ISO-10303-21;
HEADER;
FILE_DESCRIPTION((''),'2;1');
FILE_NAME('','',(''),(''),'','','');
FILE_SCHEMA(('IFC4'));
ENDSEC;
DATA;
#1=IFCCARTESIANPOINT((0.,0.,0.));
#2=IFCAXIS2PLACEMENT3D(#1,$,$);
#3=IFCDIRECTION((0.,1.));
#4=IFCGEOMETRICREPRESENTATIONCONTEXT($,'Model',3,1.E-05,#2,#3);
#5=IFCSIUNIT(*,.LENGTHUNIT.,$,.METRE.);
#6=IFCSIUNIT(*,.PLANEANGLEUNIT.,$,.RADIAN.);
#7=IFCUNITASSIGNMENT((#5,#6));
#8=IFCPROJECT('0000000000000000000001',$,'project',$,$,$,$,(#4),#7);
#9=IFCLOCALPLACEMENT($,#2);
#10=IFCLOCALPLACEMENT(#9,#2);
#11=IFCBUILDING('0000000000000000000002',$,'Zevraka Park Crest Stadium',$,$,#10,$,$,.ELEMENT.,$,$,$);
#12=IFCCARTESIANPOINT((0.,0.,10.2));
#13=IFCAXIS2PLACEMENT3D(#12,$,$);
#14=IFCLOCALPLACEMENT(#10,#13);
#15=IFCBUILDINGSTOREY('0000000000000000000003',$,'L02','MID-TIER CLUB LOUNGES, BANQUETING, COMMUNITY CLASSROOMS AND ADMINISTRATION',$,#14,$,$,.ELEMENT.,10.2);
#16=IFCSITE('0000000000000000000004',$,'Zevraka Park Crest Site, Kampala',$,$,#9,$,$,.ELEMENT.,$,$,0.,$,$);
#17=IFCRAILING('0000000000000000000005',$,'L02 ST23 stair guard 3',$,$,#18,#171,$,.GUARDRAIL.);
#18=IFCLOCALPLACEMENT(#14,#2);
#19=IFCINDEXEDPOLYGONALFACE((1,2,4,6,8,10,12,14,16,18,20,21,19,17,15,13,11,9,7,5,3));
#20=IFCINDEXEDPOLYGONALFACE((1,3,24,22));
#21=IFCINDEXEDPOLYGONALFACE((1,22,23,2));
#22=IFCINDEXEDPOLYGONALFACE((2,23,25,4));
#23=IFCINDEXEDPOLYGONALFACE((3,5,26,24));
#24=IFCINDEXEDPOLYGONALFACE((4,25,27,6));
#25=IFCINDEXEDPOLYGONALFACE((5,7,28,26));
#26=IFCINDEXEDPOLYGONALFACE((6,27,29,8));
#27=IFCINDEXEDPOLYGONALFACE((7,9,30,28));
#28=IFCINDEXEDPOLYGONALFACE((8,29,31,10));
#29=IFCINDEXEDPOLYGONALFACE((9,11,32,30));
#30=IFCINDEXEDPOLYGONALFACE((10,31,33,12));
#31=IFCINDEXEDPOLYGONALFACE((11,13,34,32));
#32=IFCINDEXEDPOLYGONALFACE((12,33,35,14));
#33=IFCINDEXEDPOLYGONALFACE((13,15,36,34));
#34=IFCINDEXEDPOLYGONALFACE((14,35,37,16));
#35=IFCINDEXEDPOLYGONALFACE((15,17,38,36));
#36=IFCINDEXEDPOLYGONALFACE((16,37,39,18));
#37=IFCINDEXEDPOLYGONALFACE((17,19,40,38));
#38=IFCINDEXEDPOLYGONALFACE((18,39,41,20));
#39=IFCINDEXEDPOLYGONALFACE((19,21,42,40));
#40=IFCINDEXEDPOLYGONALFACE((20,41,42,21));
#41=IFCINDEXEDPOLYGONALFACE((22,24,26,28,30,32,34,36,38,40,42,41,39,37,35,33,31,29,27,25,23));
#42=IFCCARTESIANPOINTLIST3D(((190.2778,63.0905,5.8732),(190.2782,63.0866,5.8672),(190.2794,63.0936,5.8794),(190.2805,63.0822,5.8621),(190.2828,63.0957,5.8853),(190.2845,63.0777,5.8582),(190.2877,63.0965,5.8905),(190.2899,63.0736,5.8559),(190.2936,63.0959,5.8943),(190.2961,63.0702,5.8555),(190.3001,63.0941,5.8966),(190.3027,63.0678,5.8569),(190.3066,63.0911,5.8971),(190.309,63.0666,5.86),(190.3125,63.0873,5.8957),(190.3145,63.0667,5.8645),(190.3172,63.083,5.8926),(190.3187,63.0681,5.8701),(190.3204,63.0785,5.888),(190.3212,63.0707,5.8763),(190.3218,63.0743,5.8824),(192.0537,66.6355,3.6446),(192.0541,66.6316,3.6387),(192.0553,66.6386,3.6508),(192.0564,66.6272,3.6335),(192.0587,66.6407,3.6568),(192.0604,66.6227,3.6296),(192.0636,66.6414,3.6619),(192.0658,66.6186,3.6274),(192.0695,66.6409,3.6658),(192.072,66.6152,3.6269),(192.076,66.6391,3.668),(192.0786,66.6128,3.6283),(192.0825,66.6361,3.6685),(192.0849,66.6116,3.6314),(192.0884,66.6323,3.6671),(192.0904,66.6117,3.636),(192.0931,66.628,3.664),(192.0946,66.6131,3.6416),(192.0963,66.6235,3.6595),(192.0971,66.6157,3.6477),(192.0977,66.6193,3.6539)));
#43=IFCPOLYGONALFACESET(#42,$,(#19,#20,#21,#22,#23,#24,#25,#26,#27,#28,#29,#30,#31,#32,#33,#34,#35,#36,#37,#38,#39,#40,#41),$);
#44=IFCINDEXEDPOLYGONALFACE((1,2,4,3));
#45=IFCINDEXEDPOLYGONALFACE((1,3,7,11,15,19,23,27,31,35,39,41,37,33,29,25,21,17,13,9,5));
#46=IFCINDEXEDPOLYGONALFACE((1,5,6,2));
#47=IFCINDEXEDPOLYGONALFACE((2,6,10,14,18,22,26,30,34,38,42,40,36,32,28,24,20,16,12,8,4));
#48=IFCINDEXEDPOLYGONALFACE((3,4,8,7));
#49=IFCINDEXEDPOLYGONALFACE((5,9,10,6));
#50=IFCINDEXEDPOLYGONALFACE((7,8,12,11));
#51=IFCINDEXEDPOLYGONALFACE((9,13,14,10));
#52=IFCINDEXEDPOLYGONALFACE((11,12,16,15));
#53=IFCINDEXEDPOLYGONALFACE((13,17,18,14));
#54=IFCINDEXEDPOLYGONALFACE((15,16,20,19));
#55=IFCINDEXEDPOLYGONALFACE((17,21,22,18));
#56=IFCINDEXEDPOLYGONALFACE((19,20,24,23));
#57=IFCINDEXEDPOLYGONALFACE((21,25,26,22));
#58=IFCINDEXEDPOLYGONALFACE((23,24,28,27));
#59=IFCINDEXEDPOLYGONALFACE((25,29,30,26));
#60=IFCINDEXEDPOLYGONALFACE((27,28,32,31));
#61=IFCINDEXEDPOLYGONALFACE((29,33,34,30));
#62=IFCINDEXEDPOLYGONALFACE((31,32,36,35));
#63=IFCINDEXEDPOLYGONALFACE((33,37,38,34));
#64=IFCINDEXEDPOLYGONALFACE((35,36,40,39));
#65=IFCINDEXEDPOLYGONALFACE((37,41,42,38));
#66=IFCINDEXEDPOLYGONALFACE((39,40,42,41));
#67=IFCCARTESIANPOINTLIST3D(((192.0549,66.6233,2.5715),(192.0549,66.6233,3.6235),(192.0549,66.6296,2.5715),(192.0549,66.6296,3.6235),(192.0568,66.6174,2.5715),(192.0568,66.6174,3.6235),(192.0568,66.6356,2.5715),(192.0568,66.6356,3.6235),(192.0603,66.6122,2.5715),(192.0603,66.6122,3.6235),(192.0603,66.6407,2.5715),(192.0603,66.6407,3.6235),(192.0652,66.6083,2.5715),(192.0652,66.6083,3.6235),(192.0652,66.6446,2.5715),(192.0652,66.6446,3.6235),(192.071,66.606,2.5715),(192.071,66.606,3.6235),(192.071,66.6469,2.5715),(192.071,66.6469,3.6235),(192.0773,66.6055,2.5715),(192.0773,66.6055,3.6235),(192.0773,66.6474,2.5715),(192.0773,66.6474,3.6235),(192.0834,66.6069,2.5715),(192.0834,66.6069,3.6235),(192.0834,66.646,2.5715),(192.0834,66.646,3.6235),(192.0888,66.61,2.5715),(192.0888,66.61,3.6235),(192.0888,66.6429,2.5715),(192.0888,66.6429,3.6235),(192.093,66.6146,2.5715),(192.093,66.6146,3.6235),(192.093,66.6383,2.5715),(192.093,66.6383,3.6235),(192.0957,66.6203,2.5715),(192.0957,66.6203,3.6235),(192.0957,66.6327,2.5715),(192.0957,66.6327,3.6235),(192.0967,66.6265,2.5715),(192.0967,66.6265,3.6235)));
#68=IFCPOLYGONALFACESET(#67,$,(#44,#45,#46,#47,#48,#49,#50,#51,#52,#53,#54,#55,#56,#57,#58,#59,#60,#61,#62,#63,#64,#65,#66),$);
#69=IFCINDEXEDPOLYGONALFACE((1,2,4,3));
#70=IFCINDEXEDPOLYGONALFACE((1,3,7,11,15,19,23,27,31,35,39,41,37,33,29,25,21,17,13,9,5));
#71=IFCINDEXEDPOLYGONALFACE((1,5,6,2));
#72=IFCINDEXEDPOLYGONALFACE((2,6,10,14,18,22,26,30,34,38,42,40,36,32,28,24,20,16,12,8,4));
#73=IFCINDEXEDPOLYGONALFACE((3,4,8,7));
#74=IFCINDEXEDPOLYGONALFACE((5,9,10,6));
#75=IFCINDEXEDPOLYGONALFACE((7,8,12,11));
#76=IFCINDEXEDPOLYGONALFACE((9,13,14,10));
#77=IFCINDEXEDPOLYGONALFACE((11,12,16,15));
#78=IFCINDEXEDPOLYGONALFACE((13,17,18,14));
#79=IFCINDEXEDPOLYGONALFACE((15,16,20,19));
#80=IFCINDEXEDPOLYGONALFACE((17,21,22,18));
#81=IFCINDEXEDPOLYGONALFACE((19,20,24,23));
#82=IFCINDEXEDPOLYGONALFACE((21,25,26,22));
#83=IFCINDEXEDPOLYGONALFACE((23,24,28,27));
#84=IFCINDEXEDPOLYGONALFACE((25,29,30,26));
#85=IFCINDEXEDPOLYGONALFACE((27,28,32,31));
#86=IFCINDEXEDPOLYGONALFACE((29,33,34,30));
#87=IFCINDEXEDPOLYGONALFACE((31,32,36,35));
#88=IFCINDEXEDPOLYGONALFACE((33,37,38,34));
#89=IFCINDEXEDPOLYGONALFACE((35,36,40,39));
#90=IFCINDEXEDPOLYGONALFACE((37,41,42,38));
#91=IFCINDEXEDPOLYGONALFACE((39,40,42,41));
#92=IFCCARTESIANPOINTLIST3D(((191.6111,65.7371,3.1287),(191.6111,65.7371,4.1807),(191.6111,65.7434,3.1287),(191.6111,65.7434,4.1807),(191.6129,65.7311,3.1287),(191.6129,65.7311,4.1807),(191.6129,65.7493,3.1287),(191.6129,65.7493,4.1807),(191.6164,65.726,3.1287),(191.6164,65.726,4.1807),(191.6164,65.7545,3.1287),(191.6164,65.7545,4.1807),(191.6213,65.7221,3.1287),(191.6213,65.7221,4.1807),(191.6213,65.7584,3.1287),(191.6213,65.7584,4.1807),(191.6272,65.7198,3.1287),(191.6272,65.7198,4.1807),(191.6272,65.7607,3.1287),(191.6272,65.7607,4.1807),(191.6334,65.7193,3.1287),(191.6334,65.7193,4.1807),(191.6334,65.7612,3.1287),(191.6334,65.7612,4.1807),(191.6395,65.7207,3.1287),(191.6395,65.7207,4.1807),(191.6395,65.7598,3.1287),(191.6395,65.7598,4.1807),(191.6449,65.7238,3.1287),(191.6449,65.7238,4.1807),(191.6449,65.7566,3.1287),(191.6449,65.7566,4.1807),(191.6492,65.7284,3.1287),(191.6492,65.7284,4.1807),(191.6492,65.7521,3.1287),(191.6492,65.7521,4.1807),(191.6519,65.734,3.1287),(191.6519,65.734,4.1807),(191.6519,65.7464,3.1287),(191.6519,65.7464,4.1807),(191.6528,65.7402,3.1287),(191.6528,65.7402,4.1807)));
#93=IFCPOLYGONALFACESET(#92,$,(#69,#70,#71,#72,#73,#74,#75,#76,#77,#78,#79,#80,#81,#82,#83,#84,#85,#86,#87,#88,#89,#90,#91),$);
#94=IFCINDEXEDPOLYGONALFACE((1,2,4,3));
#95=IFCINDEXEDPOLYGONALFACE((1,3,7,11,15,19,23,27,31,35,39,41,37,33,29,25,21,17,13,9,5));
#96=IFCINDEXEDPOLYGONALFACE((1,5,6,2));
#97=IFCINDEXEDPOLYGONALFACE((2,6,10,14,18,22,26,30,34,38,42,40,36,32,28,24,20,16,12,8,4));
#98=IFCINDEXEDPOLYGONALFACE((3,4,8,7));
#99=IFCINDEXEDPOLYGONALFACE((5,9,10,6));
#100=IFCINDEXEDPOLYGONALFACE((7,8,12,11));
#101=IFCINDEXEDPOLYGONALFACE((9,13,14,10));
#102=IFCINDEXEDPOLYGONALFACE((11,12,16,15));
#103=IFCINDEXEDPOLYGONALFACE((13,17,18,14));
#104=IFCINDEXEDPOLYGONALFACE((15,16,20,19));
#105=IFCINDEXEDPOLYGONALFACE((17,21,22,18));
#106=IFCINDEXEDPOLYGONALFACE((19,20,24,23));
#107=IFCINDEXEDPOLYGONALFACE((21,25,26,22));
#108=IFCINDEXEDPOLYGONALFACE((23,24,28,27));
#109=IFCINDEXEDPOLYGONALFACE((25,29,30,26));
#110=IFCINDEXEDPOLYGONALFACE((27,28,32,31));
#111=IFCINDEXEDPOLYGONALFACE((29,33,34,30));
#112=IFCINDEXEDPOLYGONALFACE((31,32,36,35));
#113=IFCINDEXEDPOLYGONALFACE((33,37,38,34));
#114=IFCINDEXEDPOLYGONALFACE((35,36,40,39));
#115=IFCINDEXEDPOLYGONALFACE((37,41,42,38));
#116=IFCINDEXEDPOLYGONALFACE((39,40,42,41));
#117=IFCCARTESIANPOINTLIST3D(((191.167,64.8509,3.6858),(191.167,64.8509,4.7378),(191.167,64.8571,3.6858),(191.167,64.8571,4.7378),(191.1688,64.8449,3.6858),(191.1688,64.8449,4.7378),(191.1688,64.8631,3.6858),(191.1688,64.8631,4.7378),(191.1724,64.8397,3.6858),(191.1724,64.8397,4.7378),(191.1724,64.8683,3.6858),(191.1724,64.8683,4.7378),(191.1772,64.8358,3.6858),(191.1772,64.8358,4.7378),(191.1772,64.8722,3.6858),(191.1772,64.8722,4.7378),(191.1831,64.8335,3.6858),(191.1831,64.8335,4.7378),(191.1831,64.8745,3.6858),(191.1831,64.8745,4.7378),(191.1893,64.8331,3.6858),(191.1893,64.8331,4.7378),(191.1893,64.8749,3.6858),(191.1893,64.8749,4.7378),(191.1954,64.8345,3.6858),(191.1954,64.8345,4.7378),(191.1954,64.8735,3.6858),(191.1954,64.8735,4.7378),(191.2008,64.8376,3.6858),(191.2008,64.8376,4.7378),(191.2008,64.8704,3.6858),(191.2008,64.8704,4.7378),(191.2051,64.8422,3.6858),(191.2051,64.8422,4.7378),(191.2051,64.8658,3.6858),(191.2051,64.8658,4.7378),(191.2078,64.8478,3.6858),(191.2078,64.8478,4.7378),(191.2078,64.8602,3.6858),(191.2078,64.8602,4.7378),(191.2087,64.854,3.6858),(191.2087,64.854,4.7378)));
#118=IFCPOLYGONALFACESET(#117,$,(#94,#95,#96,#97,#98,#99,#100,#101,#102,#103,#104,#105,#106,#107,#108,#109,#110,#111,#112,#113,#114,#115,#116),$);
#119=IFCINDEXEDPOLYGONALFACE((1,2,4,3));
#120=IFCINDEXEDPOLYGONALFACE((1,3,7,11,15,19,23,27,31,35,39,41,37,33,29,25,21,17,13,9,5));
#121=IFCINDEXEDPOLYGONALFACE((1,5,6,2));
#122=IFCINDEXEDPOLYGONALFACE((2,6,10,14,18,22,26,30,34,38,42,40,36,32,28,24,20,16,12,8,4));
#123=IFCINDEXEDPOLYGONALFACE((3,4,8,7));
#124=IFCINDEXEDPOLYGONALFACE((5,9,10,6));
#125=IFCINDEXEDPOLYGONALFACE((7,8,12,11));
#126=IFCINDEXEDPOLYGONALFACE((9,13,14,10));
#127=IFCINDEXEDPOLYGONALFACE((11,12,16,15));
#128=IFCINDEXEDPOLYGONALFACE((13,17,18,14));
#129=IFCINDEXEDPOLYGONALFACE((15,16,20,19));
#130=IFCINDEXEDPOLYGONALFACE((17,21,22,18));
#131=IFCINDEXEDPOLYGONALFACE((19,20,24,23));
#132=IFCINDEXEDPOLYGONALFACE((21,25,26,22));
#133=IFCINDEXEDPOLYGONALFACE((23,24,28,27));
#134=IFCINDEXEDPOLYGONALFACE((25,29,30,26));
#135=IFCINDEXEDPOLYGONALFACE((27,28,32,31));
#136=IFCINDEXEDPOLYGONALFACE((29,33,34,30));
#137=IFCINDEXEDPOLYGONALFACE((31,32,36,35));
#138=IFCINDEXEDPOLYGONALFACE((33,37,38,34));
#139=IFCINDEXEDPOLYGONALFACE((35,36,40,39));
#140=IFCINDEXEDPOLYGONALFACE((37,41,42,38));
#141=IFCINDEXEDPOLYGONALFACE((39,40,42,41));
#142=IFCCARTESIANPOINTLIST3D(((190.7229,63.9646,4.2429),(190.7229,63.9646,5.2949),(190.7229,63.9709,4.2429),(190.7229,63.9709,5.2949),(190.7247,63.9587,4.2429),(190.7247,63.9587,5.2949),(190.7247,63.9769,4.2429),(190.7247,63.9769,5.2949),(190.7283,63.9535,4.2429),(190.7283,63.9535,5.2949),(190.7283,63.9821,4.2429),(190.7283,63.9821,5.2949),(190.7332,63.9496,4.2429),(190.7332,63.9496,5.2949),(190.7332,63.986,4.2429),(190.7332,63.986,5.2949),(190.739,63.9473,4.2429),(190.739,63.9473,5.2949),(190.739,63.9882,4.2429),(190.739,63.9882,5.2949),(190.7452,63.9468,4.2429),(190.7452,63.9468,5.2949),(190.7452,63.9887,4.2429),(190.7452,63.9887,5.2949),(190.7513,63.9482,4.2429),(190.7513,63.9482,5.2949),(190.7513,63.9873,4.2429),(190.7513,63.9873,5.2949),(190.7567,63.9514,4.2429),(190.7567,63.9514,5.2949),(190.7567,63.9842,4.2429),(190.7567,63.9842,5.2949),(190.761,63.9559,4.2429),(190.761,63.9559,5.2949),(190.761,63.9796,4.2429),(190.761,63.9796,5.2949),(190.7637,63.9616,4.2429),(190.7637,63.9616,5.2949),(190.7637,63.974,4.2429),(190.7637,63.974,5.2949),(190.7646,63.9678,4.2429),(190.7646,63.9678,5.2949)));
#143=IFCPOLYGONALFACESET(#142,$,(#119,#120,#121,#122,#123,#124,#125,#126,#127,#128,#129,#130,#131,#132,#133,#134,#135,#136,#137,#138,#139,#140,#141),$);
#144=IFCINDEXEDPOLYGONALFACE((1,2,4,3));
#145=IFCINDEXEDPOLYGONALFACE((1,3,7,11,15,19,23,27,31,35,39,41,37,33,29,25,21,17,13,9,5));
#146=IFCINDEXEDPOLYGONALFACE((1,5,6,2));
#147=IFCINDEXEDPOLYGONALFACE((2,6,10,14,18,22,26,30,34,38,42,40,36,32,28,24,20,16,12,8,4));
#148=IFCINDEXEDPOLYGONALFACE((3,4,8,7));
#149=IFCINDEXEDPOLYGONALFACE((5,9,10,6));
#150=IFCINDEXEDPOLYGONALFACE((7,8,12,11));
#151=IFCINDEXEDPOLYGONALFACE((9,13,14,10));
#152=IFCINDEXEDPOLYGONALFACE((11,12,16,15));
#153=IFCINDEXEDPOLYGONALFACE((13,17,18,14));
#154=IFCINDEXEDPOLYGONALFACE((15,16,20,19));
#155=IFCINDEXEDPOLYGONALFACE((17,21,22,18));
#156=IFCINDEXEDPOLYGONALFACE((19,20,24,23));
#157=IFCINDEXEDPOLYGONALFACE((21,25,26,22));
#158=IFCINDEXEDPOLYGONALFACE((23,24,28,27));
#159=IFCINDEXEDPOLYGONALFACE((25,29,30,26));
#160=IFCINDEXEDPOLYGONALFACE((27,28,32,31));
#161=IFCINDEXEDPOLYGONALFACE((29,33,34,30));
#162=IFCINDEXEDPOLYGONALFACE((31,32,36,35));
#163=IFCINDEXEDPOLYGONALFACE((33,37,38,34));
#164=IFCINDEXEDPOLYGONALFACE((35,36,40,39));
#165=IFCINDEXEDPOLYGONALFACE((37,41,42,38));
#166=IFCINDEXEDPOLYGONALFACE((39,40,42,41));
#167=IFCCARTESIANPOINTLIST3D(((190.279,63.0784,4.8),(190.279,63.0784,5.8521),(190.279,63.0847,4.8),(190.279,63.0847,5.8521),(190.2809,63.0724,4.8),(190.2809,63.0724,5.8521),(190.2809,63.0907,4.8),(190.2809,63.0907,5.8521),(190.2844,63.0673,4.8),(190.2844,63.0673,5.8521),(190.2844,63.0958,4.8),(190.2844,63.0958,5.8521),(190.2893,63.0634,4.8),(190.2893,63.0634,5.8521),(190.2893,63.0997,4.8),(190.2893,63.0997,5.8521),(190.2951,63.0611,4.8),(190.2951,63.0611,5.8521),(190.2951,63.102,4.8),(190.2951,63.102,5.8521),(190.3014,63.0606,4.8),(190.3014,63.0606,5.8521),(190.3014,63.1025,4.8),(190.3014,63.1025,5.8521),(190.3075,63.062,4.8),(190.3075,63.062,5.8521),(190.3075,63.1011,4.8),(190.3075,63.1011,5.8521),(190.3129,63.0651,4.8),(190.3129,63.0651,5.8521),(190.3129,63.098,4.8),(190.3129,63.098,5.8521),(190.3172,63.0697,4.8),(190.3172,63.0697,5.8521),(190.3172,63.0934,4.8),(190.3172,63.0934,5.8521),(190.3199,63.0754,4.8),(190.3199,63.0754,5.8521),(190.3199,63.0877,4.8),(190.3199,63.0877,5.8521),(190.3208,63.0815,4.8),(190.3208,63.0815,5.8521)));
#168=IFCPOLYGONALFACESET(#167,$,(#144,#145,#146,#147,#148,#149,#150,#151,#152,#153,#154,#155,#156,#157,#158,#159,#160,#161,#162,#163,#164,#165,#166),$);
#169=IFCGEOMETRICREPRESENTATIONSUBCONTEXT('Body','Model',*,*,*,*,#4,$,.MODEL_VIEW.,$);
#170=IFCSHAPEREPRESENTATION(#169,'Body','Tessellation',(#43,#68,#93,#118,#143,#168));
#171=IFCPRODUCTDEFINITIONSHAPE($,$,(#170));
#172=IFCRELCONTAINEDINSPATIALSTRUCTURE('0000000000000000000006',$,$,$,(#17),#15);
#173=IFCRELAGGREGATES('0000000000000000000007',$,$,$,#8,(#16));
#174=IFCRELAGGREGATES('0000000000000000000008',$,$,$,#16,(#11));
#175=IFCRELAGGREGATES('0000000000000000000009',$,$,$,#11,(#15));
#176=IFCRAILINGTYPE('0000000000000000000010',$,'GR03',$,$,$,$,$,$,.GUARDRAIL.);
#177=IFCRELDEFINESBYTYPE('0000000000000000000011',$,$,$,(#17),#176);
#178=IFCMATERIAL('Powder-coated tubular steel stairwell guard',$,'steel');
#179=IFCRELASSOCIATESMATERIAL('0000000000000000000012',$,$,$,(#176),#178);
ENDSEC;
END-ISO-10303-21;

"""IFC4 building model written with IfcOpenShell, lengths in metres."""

from ifc_helpers import new_model, si_unit, direction, frame, origin, origin_2d, place, context, subcontext, project, spatial, circle, extrude, material, type_object, element, save


model = new_model("IFC4")

# Units and contexts
model_context = context("Model", 3, precision=1e-05, world=origin(), true_north=direction((0.0, 1.0)))
body_context = subcontext(model_context, "Body", "Model", "MODEL_VIEW")
ifc_project = project(units=[si_unit("LENGTHUNIT", "METRE"), si_unit("PLANEANGLEUNIT", "RADIAN")], contexts=[model_context])

# Site, building, storey
site_placement = place(None, origin())
site = spatial("IfcSite", under=ifc_project, at=site_placement, Name="Zevraka Park Crest Site, Kampala", CompositionType="ELEMENT", RefElevation=0.0)
building_placement = place(site_placement, origin())
building = spatial("IfcBuilding", under=site, at=building_placement, Name="Zevraka Park Crest Stadium", CompositionType="ELEMENT")
storey_placement = place(building_placement, frame((0.0, 0.0, 10.2)))
storey = spatial("IfcBuildingStorey", under=building, at=storey_placement, Name="L02", Description="MID-TIER CLUB LOUNGES, BANQUETING, COMMUNITY CLASSROOMS AND ADMINISTRATION", CompositionType="ELEMENT", Elevation=10.2)

# Railing
ifc_material_1 = material(Name="Powder-coated tubular steel stairwell guard", Category="steel")
railing_type_1 = type_object("IfcRailingType", Name="GR03", PredefinedType="GUARDRAIL", material=ifc_material_1)
railing_1_placement = place(storey_placement, frame((192.0757, 66.6265, 2.5715)))
element("IfcRailing", 1, at=railing_1_placement, inside=storey, type_object=railing_type_1, Name="L02 ST23 stair guard 3", PredefinedType="GUARDRAIL", context=body_context, shape_type="SweptSolid", body=[
    extrude(circle(Radius=0.0239, at=origin_2d()), frame((0.0, 0.0, 1.0762), z_axis=(-0.390454, -0.779405, 0.489973), x_axis=(0.894082, -0.447903, 0.0)), (0.0, 0.0, 1.0), 4.5483),
    extrude(circle(Radius=0.021, at=origin_2d()), origin(), (0.0, 0.0, 1.0), 1.052),
    extrude(circle(Radius=0.021, at=origin_2d()), frame((-0.4438, -0.8862, 0.5571)), (0.0, 0.0, 1.0), 1.052),
    extrude(circle(Radius=0.021, at=origin_2d()), frame((-0.8879, -1.7725, 1.1143)), (0.0, 0.0, 1.0), 1.052),
    extrude(circle(Radius=0.021, at=origin_2d()), frame((-1.332, -2.6587, 1.6714)), (0.0, 0.0, 1.0), 1.052),
    extrude(circle(Radius=0.021, at=origin_2d()), frame((-1.7759, -3.5449, 2.2285)), (0.0, 0.0, 1.0), 1.052),
])

save(model, "model.ifc")
